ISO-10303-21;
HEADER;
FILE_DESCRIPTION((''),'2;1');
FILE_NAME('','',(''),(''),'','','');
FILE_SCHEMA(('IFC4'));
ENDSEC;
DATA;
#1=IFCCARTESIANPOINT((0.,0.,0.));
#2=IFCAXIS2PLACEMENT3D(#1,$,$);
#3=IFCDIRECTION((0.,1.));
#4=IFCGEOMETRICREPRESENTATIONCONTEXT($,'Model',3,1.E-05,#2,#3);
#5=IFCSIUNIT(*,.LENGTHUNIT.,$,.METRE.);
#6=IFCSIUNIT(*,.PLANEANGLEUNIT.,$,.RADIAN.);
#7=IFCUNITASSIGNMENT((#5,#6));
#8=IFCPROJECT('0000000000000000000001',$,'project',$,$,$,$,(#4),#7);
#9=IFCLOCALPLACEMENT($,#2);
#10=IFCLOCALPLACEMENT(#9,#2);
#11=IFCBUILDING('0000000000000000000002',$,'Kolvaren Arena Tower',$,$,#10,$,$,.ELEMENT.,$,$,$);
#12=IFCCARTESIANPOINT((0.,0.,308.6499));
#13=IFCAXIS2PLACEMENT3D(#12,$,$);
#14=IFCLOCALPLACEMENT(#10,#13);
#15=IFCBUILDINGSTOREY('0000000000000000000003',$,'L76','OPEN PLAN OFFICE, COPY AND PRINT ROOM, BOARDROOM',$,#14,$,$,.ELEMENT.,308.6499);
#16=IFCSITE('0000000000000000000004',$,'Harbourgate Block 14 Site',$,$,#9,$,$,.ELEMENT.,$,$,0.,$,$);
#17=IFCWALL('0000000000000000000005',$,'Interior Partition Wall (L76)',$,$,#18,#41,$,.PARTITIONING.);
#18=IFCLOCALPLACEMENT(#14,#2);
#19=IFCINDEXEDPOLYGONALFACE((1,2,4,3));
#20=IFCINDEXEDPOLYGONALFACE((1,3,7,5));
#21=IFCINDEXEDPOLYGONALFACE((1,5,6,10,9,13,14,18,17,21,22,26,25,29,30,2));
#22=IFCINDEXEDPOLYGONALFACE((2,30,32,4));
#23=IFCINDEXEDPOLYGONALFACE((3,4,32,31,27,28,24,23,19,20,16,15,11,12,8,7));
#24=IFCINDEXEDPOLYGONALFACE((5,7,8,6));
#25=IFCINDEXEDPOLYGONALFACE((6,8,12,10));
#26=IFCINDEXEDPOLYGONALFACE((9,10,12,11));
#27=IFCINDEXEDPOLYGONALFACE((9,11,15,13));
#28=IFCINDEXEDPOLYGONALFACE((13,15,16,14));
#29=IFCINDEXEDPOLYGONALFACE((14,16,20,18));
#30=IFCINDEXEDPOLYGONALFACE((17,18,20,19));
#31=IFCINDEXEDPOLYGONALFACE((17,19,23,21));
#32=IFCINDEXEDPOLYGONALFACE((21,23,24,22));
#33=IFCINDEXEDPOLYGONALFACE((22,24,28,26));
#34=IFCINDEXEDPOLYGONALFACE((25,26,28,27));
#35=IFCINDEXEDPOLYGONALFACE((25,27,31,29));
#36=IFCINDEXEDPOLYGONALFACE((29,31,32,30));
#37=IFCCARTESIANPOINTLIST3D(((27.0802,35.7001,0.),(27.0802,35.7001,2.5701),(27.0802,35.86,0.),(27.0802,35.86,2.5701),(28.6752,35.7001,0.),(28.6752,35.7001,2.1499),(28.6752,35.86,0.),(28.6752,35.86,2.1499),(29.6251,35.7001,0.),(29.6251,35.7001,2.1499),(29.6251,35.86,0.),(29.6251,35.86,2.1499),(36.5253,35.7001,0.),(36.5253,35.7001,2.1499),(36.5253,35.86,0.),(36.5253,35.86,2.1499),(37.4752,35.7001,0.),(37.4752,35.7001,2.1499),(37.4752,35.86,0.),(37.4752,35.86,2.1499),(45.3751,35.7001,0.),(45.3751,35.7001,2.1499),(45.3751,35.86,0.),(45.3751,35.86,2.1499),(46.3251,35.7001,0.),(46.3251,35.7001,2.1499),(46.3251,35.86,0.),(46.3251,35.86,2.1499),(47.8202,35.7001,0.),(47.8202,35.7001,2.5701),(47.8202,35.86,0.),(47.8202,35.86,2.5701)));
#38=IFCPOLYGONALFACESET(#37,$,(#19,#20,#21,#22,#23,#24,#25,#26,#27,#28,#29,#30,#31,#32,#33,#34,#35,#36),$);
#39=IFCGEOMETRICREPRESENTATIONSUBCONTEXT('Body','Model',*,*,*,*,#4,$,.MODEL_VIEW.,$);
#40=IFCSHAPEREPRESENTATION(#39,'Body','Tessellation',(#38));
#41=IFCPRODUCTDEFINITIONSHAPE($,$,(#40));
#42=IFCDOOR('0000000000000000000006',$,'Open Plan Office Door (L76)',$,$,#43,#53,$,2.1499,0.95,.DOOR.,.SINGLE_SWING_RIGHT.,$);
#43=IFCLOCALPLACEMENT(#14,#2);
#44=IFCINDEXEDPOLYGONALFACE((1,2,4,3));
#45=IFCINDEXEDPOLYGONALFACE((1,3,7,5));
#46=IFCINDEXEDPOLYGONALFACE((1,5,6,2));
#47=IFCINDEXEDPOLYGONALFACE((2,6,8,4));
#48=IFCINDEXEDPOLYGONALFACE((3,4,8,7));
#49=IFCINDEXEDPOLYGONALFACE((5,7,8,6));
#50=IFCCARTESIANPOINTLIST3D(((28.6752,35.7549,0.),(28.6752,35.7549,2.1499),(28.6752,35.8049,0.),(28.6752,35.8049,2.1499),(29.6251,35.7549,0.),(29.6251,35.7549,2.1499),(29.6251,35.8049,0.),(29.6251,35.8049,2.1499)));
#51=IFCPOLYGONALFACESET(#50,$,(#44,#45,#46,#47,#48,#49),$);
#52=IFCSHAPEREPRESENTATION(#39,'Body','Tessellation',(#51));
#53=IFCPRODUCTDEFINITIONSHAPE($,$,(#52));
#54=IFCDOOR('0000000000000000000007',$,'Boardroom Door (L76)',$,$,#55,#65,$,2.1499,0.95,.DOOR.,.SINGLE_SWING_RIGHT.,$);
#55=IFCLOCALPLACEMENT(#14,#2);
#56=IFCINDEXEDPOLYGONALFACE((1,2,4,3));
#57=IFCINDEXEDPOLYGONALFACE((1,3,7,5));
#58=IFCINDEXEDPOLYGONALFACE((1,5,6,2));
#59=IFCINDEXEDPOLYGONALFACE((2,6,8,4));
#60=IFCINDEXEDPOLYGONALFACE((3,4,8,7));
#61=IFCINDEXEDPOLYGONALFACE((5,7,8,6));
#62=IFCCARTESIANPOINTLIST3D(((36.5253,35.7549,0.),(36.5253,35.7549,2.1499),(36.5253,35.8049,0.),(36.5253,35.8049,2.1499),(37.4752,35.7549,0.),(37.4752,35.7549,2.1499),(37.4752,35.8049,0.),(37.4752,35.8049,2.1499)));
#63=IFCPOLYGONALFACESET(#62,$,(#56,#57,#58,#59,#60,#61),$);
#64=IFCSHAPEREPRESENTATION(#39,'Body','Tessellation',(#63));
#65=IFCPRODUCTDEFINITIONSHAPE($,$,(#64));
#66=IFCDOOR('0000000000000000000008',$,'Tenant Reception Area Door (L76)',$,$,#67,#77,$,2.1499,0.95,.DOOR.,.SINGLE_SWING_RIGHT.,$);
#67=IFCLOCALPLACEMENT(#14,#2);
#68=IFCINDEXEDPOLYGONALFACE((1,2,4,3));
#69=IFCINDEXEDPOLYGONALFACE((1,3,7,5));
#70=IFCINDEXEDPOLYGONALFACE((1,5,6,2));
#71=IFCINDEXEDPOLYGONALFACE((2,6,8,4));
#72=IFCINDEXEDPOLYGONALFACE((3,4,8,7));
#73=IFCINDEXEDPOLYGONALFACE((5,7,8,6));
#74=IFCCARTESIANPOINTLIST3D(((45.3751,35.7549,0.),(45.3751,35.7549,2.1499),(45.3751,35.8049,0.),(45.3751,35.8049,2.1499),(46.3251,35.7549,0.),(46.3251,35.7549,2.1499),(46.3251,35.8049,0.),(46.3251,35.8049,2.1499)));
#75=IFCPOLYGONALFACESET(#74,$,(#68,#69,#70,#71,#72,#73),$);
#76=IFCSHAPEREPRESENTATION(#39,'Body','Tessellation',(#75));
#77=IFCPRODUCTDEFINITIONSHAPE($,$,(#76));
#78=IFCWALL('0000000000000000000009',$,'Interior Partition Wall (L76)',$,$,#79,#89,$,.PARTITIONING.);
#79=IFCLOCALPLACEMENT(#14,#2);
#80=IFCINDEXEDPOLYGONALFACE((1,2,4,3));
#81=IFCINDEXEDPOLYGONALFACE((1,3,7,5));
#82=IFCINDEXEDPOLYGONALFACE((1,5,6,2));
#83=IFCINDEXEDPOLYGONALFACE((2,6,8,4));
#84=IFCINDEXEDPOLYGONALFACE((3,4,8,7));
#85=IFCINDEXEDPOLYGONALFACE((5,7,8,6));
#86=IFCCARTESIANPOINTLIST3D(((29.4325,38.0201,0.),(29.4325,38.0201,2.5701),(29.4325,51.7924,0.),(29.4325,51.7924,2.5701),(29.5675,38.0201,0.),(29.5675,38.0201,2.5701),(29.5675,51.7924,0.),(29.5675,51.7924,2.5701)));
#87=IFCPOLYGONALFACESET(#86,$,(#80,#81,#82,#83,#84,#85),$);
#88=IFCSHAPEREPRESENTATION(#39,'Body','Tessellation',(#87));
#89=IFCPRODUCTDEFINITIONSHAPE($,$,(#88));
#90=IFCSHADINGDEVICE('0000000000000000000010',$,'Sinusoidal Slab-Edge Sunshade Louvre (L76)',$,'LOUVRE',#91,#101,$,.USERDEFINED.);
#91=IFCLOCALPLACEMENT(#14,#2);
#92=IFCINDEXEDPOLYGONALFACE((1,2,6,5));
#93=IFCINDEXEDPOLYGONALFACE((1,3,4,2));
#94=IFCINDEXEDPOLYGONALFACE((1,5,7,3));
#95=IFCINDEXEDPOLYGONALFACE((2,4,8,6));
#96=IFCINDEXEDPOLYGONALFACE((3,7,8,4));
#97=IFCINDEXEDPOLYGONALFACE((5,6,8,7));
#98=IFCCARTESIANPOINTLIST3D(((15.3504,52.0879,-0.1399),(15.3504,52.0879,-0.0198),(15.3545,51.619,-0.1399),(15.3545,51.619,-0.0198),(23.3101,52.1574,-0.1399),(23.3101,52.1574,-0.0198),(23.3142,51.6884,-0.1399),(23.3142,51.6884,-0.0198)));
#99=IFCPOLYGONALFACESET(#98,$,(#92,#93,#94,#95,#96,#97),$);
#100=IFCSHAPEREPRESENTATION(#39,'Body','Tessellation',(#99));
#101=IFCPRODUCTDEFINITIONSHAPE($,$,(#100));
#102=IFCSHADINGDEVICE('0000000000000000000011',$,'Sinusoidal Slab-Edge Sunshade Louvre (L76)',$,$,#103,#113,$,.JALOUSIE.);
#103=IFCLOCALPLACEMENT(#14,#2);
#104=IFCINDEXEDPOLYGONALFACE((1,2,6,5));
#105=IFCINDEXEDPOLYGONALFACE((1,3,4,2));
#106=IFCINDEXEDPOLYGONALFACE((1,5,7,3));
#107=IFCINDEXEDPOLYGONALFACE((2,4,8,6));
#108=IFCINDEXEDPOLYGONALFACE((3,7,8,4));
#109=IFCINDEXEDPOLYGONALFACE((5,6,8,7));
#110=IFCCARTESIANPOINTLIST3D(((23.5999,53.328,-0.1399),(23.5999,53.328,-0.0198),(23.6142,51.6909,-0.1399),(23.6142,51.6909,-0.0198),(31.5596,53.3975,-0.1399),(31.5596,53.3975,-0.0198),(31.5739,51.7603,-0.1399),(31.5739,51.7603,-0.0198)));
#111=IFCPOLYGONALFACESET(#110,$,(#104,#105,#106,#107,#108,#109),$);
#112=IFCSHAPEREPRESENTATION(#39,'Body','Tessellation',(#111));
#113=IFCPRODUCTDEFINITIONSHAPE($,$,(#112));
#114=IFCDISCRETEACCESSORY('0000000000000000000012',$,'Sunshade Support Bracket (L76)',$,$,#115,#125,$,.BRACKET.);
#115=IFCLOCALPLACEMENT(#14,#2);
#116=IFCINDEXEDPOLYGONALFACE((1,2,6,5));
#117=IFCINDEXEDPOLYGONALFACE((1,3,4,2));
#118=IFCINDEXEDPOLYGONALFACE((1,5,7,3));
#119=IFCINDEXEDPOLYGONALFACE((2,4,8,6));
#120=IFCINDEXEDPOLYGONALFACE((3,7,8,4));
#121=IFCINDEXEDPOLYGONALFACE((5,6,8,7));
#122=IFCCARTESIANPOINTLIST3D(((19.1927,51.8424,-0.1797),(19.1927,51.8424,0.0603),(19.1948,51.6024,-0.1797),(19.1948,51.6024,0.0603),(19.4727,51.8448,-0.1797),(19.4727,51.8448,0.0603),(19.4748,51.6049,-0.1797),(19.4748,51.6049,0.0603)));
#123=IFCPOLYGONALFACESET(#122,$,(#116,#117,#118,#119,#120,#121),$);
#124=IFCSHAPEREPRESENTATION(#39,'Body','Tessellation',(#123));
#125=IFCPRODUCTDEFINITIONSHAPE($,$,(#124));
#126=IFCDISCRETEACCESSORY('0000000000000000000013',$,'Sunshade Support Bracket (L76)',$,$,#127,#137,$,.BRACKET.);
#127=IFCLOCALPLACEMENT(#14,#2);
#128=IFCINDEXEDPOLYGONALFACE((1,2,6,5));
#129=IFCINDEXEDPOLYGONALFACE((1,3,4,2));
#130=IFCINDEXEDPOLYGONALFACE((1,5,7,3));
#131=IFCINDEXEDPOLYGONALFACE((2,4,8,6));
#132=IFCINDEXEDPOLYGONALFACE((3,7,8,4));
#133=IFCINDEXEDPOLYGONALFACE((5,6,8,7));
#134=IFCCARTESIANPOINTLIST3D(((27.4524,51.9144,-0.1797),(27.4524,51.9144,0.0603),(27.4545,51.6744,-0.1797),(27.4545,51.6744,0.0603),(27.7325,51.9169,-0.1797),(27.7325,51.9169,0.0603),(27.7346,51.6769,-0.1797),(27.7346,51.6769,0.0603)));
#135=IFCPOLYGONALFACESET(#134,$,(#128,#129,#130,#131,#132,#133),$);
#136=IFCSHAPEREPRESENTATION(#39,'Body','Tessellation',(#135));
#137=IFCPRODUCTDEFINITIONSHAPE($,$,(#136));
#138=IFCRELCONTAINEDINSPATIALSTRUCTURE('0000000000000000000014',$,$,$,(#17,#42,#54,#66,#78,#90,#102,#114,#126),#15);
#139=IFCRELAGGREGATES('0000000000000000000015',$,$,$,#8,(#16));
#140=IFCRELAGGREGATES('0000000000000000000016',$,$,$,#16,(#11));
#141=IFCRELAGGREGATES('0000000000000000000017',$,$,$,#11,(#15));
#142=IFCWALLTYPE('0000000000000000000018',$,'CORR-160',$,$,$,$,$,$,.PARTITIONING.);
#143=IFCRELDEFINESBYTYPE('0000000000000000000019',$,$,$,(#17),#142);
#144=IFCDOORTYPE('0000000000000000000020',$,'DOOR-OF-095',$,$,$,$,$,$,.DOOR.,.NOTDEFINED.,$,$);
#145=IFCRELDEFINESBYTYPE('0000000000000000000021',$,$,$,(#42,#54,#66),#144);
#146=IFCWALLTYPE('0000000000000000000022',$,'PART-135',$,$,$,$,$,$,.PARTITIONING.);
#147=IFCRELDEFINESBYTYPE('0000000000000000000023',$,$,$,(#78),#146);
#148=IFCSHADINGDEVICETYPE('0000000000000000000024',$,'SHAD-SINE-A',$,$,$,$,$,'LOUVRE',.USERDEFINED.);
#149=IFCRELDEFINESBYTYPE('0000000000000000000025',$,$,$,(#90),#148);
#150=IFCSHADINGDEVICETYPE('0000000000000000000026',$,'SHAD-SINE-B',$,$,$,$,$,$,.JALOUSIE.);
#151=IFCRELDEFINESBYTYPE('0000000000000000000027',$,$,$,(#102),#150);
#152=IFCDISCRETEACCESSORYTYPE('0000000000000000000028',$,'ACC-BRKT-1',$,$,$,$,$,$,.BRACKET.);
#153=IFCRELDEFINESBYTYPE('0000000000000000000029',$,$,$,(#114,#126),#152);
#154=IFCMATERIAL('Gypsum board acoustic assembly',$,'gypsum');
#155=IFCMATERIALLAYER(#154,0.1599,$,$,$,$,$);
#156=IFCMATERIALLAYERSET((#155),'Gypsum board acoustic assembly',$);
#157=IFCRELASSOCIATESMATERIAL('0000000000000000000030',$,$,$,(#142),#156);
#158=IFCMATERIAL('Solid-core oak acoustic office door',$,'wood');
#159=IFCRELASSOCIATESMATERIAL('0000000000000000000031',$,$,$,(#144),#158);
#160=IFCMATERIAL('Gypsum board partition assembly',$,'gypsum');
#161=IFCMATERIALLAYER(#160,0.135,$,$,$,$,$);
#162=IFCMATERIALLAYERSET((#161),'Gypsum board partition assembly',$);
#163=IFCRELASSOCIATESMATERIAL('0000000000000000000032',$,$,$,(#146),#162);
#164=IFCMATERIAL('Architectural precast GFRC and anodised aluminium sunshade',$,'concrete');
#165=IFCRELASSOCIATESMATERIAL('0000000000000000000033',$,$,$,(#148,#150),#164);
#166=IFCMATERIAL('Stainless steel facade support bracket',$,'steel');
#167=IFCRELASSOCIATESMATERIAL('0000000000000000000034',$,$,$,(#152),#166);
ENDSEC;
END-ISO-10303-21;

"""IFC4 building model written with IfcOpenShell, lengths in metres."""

from ifc_helpers import new_model, si_unit, direction, frame, frame_2d, origin, origin_2d, place, context, subcontext, project, spatial, rectangle, extrude, material, layer, layer_set, type_object, element, fill, save


model = new_model("IFC4")

# Units and contexts
model_context = context("Model", 3, precision=1e-05, world=origin(), true_north=direction((0.0, 1.0)))
body_context = subcontext(model_context, "Body", "Model", "MODEL_VIEW")
ifc_project = project(units=[si_unit("LENGTHUNIT", "METRE"), si_unit("PLANEANGLEUNIT", "RADIAN")], contexts=[model_context])

# Site, building, storey
site_placement = place(None, origin())
site = spatial("IfcSite", under=ifc_project, at=site_placement, Name="Harbourgate Block 14 Site", CompositionType="ELEMENT", RefElevation=0.0)
building_placement = place(site_placement, origin())
building = spatial("IfcBuilding", under=site, at=building_placement, Name="Kolvaren Arena Tower", CompositionType="ELEMENT")
storey_placement = place(building_placement, frame((0.0, 0.0, 308.6499)))
storey = spatial("IfcBuildingStorey", under=building, at=storey_placement, Name="L76", Description="OPEN PLAN OFFICE, COPY AND PRINT ROOM, BOARDROOM", CompositionType="ELEMENT", Elevation=308.6499)

# Wall, openings, doors
ifc_material_1 = material(Name="Gypsum board acoustic assembly", Category="gypsum")
ifc_layer_1 = layer(ifc_material_1, 0.1599)
ifc_layer_set_1 = layer_set([ifc_layer_1], Name="Gypsum board acoustic assembly")
wall_type_1 = type_object("IfcWallType", Name="CORR-160", PredefinedType="PARTITIONING", material=ifc_layer_set_1)
ifc_material_2 = material(Name="Solid-core oak acoustic office door", Category="wood")
door_type = type_object("IfcDoorType", Name="DOOR-OF-095", OperationType="NOTDEFINED", PredefinedType="DOOR", material=ifc_material_2)
wall_1_placement = place(storey_placement, frame((27.0801, 35.78, 0.0), z_axis=(0.0, 0.0, 1.0), x_axis=(1.0, 0.0, 0.0)))
wall_1 = element("IfcWall", 1, at=wall_1_placement, inside=storey, type_object=wall_type_1, Name="Interior Partition Wall (L76)", PredefinedType="PARTITIONING", context=body_context, shape_type="SweptSolid", body=[
    extrude(rectangle(XDim=20.74, YDim=0.1599, at=frame_2d((10.3701, 0.0))), origin(), (0.0, 0.0, 1.0), 2.5701),
])
opening_1_placement = place(wall_1_placement, frame((1.595, 0.0, 0.0)))
opening_1 = element("IfcOpeningElement", 2, at=opening_1_placement, cuts=wall_1, PredefinedType="OPENING", context=body_context, shape_type="SweptSolid", body=[
    extrude(rectangle(XDim=0.95, YDim=2.1499, at=frame_2d((0.4751, 1.075))), frame((0.0, 0.0898, 0.0), z_axis=(0.0, -1.0, 0.0), x_axis=(1.0, 0.0, 0.0)), (0.0, 0.0, 1.0), 0.1799),
])
opening_2_placement = place(wall_1_placement, frame((9.4451, 0.0, 0.0)))
opening_2 = element("IfcOpeningElement", 3, at=opening_2_placement, cuts=wall_1, PredefinedType="OPENING", context=body_context, shape_type="SweptSolid", body=[
    extrude(rectangle(XDim=0.95, YDim=2.1499, at=frame_2d((0.4751, 1.075))), frame((0.0, 0.0898, 0.0), z_axis=(0.0, -1.0, 0.0), x_axis=(1.0, 0.0, 0.0)), (0.0, 0.0, 1.0), 0.1799),
])
opening_3_placement = place(wall_1_placement, frame((18.2949, 0.0, 0.0)))
opening_3 = element("IfcOpeningElement", 4, at=opening_3_placement, cuts=wall_1, PredefinedType="OPENING", context=body_context, shape_type="SweptSolid", body=[
    extrude(rectangle(XDim=0.95, YDim=2.1499, at=frame_2d((0.4751, 1.075))), frame((0.0, 0.0898, 0.0), z_axis=(0.0, -1.0, 0.0), x_axis=(1.0, 0.0, 0.0)), (0.0, 0.0, 1.0), 0.1799),
])
door_1_placement = place(opening_1_placement, origin())
door_1 = element("IfcDoor", 5, at=door_1_placement, inside=storey, type_object=door_type, Name="Open Plan Office Door (L76)", OperationType="SINGLE_SWING_RIGHT", OverallHeight=2.1499, OverallWidth=0.95, PredefinedType="DOOR", context=body_context, shape_type="SweptSolid", body=[
    extrude(rectangle(XDim=0.95, YDim=2.1499, at=frame_2d((0.4751, 1.075))), frame((0.0, 0.0249, 0.0), z_axis=(0.0, -1.0, 0.0), x_axis=(1.0, 0.0, 0.0)), (0.0, 0.0, 1.0), 0.05),
])
fill(opening_1, door_1)
door_2_placement = place(opening_2_placement, origin())
door_2 = element("IfcDoor", 6, at=door_2_placement, inside=storey, type_object=door_type, Name="Boardroom Door (L76)", OperationType="SINGLE_SWING_RIGHT", OverallHeight=2.1499, OverallWidth=0.95, PredefinedType="DOOR", context=body_context, shape_type="SweptSolid", body=[
    extrude(rectangle(XDim=0.95, YDim=2.1499, at=frame_2d((0.4751, 1.075))), frame((0.0, 0.0249, 0.0), z_axis=(0.0, -1.0, 0.0), x_axis=(1.0, 0.0, 0.0)), (0.0, 0.0, 1.0), 0.05),
])
fill(opening_2, door_2)
door_3_placement = place(opening_3_placement, origin())
door_3 = element("IfcDoor", 7, at=door_3_placement, inside=storey, type_object=door_type, Name="Tenant Reception Area Door (L76)", OperationType="SINGLE_SWING_RIGHT", OverallHeight=2.1499, OverallWidth=0.95, PredefinedType="DOOR", context=body_context, shape_type="SweptSolid", body=[
    extrude(rectangle(XDim=0.95, YDim=2.1499, at=frame_2d((0.4751, 1.075))), frame((0.0, 0.0249, 0.0), z_axis=(0.0, -1.0, 0.0), x_axis=(1.0, 0.0, 0.0)), (0.0, 0.0, 1.0), 0.05),
])
fill(opening_3, door_3)

# Wall
ifc_material_3 = material(Name="Gypsum board partition assembly", Category="gypsum")
ifc_layer_2 = layer(ifc_material_3, 0.135)
ifc_layer_set_2 = layer_set([ifc_layer_2], Name="Gypsum board partition assembly")
wall_type_2 = type_object("IfcWallType", Name="PART-135", PredefinedType="PARTITIONING", material=ifc_layer_set_2)
wall_2_placement = place(storey_placement, frame((29.5, 38.02, 0.0), z_axis=(0.0, 0.0, 1.0), x_axis=(0.0, 1.0, 0.0)))
element("IfcWall", 8, at=wall_2_placement, inside=storey, type_object=wall_type_2, Name="Interior Partition Wall (L76)", PredefinedType="PARTITIONING", context=body_context, shape_type="SweptSolid", body=[
    extrude(rectangle(XDim=13.7722, YDim=0.135, at=frame_2d((6.8862, 0.0))), origin(), (0.0, 0.0, 1.0), 2.5701),
])

# Shading devices
ifc_material_4 = material(Name="Architectural precast GFRC and anodised aluminium sunshade", Category="concrete")
shading_device_type_1 = type_object("IfcShadingDeviceType", Name="SHAD-SINE-A", ElementType="LOUVRE", PredefinedType="USERDEFINED", material=ifc_material_4)
shading_device_1_placement = place(storey_placement, frame((19.3323, 51.8882, -0.1399), z_axis=(0.0, 0.0, 1.0), x_axis=(0.999962, 0.008727, 0.0)))
element("IfcShadingDevice", 9, at=shading_device_1_placement, inside=storey, type_object=shading_device_type_1, Name="Sinusoidal Slab-Edge Sunshade Louvre (L76)", ObjectType="LOUVRE", PredefinedType="USERDEFINED", context=body_context, shape_type="SweptSolid", body=[
    extrude(rectangle(XDim=7.96, YDim=0.469, at=origin_2d()), origin(), (0.0, 0.0, 1.0), 0.1201),
])
shading_device_type_2 = type_object("IfcShadingDeviceType", Name="SHAD-SINE-B", PredefinedType="JALOUSIE", material=ifc_material_4)
shading_device_2_placement = place(storey_placement, frame((27.5869, 52.5442, -0.1399), z_axis=(0.0, 0.0, 1.0), x_axis=(0.999962, 0.008727, 0.0)))
element("IfcShadingDevice", 10, at=shading_device_2_placement, inside=storey, type_object=shading_device_type_2, Name="Sinusoidal Slab-Edge Sunshade Louvre (L76)", PredefinedType="JALOUSIE", context=body_context, shape_type="SweptSolid", body=[
    extrude(rectangle(XDim=7.96, YDim=1.6372, at=origin_2d()), origin(), (0.0, 0.0, 1.0), 0.1201),
])

# Discrete accessories
ifc_material_5 = material(Name="Stainless steel facade support bracket", Category="steel")
discrete_accessory_type = type_object("IfcDiscreteAccessoryType", Name="ACC-BRKT-1", PredefinedType="BRACKET", material=ifc_material_5)
for number, where, z_axis, x_axis, name in (
    (11, (19.3337, 51.7236, -0.1797), (0.0, 0.0, 1.0), (0.999962, 0.008727, 0.0), "Sunshade Support Bracket (L76)"),
    (12, (27.5935, 51.7957, -0.1797), (0.0, 0.0, 1.0), (0.999962, 0.008727, 0.0), "Sunshade Support Bracket (L76)"),
):
    element("IfcDiscreteAccessory", number, at=place(storey_placement, frame(where, z_axis=z_axis, x_axis=x_axis)), inside=storey, type_object=discrete_accessory_type, Name=name, PredefinedType="BRACKET", context=body_context, shape_type="SweptSolid", body=[
        extrude(rectangle(XDim=0.28, YDim=0.24, at=origin_2d()), origin(), (0.0, 0.0, 1.0), 0.24),
    ])

save(model, "model.ifc")
